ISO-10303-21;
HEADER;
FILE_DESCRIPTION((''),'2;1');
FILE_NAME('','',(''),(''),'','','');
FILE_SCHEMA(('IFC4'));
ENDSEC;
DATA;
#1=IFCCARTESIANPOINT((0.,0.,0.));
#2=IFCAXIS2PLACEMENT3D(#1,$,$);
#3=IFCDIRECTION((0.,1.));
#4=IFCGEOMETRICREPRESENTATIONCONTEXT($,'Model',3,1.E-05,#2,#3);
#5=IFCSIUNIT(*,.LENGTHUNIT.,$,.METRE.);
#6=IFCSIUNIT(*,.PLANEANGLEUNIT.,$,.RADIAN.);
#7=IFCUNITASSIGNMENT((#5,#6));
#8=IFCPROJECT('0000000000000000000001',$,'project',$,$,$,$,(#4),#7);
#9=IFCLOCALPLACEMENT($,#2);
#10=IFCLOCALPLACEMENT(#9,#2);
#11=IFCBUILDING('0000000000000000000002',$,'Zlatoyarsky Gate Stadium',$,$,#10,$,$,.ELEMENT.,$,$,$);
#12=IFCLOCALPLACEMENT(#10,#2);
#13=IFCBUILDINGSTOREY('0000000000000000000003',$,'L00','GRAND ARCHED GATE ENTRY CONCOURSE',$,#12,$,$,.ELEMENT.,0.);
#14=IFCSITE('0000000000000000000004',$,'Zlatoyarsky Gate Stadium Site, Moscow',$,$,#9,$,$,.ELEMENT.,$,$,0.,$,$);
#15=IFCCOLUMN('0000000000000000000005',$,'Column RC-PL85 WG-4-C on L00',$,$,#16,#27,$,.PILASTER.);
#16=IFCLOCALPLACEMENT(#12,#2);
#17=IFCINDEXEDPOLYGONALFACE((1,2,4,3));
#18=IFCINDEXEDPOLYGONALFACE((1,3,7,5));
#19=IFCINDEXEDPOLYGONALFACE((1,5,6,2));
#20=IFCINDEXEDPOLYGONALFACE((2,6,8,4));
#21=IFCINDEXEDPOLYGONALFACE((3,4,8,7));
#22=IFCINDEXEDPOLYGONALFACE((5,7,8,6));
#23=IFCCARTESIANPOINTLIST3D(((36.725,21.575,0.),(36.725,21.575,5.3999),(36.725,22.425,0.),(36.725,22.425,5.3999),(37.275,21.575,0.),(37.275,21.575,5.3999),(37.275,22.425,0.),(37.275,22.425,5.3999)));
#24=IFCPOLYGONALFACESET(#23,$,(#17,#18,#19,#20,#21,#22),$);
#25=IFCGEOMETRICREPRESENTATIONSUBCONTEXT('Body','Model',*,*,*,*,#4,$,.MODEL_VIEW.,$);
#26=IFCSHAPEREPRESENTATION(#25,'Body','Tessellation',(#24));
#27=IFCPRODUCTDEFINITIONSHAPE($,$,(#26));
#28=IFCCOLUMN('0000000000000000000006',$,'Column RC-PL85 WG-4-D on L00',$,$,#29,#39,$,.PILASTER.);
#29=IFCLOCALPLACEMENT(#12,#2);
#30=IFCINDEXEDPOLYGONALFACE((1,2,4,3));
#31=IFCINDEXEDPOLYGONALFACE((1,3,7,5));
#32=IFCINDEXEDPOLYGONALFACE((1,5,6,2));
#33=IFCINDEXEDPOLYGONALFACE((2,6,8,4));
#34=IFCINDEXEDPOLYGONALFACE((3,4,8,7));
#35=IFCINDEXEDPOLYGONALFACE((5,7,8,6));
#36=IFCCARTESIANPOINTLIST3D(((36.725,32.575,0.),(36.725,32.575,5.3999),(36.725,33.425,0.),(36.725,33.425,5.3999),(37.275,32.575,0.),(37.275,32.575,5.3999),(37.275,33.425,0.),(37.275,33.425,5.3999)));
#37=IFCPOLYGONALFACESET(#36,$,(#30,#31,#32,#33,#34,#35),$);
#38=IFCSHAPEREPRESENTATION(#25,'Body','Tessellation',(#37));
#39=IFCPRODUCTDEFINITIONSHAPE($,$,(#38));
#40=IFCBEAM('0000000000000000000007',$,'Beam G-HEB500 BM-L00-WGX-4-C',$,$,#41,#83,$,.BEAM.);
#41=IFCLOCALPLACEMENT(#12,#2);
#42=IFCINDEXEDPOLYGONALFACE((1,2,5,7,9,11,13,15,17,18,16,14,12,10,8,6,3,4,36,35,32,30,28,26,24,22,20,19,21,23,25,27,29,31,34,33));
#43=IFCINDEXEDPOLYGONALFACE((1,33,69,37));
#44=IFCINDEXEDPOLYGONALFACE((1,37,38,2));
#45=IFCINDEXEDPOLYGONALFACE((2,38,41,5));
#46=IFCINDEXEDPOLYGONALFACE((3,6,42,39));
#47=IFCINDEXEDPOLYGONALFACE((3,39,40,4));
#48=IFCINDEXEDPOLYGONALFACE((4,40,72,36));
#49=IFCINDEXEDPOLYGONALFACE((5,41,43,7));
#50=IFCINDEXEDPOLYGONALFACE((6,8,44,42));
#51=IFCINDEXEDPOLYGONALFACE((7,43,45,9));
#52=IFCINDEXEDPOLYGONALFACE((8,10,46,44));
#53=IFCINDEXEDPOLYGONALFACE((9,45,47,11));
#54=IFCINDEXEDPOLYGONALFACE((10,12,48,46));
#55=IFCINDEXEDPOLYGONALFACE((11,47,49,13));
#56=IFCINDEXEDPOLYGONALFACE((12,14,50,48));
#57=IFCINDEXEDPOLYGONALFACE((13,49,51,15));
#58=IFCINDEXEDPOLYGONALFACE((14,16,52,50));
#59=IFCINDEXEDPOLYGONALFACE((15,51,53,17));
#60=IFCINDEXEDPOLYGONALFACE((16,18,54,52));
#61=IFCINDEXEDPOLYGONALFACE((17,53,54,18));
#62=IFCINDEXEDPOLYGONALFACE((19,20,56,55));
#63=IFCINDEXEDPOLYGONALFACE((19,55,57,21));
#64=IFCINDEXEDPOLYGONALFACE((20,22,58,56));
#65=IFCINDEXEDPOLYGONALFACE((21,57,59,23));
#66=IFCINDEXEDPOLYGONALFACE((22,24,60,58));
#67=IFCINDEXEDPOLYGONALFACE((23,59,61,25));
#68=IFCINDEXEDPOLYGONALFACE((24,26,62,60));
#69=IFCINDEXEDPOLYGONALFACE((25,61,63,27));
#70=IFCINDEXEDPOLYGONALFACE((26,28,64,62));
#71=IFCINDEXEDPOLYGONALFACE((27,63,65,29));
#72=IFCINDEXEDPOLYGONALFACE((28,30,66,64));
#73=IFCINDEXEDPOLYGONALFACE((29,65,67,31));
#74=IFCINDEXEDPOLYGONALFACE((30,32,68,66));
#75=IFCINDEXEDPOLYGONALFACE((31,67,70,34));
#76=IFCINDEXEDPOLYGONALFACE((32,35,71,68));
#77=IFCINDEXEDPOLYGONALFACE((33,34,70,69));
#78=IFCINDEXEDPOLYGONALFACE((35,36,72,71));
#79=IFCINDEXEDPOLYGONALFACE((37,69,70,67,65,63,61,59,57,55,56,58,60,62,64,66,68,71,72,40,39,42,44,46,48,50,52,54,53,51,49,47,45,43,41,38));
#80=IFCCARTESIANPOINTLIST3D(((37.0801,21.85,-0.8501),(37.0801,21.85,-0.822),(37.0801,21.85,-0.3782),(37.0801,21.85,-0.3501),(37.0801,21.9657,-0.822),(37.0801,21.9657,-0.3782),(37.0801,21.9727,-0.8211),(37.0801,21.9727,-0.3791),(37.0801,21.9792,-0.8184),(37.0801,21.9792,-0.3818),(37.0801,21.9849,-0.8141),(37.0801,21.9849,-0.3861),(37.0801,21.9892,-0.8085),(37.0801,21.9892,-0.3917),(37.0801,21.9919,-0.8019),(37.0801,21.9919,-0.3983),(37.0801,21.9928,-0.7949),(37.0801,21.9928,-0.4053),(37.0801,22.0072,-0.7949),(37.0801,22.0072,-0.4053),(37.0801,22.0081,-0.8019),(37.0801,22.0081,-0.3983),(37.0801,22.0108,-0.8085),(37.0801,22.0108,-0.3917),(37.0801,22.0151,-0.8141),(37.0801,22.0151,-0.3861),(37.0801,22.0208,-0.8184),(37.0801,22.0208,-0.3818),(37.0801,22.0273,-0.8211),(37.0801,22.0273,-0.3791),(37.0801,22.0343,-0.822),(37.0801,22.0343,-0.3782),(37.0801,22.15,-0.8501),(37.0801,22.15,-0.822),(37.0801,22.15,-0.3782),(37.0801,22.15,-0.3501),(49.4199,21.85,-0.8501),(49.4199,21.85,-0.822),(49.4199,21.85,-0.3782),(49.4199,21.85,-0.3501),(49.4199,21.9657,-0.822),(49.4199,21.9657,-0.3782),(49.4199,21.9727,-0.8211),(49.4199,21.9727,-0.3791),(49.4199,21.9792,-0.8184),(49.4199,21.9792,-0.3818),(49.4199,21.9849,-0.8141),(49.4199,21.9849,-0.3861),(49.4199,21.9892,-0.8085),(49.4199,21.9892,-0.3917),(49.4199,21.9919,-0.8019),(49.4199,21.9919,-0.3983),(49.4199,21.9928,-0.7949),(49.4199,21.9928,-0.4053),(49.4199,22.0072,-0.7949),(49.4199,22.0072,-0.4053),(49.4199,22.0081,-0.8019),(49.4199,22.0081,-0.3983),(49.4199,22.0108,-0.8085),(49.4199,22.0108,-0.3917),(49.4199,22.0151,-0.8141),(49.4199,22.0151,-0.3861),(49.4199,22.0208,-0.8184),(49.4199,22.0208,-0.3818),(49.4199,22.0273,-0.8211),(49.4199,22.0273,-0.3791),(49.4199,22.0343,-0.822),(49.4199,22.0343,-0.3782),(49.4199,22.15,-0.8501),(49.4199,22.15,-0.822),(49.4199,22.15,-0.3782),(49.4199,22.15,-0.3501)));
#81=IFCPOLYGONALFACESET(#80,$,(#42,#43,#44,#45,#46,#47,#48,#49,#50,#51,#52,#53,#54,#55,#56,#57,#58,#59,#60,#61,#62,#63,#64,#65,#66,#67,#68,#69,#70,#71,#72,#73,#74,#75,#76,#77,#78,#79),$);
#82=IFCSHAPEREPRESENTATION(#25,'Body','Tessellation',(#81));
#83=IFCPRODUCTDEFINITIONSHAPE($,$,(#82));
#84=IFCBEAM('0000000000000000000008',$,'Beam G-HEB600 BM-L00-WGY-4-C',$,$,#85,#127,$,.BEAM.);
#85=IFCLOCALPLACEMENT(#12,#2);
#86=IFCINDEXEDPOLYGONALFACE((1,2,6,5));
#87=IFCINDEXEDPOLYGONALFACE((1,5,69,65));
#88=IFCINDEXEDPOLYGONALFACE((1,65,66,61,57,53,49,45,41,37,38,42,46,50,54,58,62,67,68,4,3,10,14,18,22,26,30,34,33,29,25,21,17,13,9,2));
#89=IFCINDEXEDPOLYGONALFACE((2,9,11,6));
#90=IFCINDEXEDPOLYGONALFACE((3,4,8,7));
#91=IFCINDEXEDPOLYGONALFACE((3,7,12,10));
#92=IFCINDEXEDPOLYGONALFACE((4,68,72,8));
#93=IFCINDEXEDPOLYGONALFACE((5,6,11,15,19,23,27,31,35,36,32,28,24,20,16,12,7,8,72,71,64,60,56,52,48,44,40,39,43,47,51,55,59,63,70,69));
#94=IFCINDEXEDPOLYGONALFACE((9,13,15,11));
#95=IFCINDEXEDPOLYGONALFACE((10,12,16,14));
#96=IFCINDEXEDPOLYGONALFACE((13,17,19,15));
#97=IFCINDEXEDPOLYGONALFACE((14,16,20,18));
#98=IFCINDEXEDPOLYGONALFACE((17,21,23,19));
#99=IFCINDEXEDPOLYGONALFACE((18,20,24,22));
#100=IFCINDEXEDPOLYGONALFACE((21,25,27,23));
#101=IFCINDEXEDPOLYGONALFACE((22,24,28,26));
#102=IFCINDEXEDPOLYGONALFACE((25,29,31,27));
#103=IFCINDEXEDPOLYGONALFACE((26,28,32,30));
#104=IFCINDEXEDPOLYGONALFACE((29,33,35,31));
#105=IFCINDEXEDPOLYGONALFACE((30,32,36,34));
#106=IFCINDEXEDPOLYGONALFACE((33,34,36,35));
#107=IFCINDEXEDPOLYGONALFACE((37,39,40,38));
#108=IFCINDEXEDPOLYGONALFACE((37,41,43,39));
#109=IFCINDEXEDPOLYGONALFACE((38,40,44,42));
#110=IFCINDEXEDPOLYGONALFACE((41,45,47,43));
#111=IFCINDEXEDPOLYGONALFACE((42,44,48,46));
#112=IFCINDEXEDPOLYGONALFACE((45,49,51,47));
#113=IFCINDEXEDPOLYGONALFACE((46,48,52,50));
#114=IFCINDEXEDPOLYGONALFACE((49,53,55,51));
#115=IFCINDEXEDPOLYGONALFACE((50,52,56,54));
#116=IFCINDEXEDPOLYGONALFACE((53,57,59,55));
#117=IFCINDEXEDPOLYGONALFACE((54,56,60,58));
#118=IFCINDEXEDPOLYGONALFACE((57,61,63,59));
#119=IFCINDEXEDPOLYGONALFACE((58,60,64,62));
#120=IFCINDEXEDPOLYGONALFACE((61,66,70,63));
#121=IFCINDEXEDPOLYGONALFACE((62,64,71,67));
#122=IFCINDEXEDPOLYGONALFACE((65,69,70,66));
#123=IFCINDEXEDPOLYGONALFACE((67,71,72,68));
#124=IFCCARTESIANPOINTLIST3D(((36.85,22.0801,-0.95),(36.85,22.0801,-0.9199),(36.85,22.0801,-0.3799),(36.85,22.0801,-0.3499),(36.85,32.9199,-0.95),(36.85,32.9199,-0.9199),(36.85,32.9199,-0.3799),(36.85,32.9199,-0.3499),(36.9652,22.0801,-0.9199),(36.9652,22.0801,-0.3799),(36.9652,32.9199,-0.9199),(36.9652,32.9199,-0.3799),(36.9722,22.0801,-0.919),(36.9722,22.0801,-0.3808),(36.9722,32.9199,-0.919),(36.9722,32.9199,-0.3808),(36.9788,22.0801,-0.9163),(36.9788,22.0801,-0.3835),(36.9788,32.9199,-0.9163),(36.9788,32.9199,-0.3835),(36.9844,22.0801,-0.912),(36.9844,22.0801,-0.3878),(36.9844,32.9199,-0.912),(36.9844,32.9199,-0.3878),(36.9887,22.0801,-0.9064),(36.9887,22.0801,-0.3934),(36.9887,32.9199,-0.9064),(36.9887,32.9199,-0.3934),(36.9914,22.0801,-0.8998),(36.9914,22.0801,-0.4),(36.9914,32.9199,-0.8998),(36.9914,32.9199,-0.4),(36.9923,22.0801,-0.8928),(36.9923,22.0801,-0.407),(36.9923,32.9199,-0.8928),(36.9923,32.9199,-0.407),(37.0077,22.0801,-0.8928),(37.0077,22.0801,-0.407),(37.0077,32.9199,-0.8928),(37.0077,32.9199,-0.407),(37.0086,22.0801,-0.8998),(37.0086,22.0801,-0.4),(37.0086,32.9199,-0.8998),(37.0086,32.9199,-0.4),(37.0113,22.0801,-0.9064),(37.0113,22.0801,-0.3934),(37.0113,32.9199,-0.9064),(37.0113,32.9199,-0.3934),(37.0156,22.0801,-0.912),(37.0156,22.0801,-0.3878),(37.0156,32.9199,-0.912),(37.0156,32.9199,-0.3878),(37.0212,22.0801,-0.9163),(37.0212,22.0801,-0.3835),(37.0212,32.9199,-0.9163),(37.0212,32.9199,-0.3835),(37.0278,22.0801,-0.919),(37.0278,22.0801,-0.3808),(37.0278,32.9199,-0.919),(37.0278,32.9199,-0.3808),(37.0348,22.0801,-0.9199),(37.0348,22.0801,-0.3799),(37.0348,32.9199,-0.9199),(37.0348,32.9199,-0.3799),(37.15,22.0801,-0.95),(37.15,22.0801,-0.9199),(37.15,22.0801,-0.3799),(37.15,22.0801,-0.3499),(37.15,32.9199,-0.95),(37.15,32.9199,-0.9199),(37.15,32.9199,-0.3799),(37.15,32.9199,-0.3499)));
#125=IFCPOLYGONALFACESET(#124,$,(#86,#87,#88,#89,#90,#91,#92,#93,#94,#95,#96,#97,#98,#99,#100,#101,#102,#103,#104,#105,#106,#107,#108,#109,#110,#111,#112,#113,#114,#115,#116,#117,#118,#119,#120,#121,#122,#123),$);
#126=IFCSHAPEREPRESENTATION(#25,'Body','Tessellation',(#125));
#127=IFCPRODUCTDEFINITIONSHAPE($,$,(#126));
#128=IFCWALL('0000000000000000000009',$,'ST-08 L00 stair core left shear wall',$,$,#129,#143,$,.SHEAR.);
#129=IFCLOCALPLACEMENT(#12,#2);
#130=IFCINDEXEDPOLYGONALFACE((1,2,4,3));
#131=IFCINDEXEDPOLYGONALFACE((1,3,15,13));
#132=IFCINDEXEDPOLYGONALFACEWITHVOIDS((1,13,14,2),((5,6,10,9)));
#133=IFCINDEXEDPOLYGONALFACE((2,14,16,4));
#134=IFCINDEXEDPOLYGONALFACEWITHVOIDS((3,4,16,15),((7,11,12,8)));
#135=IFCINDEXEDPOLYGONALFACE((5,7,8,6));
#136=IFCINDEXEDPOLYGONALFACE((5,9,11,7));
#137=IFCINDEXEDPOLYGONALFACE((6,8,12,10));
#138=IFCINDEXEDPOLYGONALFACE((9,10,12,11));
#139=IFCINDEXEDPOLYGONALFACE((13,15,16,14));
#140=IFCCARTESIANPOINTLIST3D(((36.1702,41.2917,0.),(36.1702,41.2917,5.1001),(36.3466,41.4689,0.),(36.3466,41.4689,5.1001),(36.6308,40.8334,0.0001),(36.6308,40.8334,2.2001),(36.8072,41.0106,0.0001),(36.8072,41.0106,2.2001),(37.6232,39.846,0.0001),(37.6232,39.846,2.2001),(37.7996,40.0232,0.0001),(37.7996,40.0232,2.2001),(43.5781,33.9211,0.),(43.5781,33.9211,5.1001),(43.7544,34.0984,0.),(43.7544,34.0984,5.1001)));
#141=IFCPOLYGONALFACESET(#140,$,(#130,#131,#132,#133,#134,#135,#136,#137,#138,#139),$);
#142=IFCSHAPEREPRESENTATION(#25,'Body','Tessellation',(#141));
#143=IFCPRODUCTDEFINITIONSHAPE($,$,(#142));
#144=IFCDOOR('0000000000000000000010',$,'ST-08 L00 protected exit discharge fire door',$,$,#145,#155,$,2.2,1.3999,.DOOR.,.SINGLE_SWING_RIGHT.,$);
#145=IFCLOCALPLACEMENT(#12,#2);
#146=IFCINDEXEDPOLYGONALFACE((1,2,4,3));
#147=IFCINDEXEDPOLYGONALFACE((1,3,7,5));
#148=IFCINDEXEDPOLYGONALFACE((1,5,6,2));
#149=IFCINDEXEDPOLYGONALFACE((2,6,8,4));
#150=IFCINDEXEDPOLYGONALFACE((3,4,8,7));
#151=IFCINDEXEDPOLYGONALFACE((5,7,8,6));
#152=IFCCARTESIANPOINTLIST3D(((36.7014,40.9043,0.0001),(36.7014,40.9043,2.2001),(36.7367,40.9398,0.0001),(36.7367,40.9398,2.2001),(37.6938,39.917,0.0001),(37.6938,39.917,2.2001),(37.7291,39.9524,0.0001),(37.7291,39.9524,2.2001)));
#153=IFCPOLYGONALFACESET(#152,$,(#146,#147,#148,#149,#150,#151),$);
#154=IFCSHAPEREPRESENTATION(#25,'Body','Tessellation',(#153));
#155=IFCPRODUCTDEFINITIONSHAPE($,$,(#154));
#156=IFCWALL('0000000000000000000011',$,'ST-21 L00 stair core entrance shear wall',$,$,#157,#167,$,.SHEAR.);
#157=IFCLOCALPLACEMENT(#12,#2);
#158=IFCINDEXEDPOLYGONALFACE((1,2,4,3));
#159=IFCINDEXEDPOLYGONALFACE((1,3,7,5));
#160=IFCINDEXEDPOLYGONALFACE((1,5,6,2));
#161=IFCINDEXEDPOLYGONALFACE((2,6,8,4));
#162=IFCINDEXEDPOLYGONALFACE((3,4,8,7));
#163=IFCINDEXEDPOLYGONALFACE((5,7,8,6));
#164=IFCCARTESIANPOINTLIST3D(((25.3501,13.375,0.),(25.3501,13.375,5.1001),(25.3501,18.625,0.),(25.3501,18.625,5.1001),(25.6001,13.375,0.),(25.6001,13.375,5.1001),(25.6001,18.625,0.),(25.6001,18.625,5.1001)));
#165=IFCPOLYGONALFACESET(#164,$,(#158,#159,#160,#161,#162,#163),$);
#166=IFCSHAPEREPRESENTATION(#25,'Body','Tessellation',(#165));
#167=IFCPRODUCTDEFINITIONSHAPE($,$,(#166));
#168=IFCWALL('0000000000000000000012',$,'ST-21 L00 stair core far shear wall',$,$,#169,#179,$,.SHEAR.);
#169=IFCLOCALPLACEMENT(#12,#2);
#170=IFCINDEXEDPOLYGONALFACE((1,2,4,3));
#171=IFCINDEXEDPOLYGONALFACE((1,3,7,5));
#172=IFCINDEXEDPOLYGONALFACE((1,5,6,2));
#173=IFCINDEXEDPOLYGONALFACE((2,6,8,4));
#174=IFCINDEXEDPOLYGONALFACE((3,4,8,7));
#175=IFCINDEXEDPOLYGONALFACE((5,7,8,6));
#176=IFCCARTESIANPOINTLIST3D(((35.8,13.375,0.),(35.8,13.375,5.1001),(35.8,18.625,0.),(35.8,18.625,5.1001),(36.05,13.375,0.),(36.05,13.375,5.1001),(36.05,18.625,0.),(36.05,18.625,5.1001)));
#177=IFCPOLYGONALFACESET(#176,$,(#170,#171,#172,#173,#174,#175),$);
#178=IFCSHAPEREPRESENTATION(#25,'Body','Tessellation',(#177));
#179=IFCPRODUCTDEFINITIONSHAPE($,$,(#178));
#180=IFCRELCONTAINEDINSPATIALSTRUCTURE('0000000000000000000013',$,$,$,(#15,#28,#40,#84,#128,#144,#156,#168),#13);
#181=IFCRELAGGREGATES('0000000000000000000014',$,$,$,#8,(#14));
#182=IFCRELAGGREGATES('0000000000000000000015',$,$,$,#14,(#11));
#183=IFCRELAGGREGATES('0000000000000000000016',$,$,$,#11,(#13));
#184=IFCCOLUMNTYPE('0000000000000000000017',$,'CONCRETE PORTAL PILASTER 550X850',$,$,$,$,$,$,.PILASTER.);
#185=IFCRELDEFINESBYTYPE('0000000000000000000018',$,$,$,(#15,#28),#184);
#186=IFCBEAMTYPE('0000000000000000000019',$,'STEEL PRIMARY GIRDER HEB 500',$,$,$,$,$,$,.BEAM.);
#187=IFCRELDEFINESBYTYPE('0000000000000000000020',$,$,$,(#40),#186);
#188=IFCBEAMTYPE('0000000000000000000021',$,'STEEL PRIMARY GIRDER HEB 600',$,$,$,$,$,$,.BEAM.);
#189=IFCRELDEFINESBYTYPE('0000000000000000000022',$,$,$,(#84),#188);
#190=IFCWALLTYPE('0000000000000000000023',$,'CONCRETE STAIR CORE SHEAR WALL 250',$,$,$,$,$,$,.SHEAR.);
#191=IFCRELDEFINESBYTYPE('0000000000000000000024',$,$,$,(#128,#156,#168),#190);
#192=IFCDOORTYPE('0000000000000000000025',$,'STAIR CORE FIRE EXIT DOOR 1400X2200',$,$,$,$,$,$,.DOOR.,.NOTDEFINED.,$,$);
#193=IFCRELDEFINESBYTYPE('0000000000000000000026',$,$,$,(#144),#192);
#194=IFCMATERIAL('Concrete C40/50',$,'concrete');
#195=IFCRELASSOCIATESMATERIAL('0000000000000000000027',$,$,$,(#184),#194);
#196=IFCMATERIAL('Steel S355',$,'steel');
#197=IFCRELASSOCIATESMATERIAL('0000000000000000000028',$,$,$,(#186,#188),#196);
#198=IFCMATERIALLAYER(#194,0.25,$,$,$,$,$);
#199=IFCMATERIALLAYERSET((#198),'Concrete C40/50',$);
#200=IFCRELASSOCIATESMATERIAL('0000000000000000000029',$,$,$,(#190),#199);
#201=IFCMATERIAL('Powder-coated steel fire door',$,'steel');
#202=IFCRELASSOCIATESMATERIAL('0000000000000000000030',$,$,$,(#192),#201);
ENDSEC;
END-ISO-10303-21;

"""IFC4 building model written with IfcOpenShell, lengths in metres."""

from ifc_helpers import new_model, si_unit, direction, frame, frame_2d, origin, origin_2d, place, context, subcontext, project, spatial, rectangle, i_section, extrude, material, layer, layer_set, material_profile, profile_set, type_object, element, fill, save


model = new_model("IFC4")

# Units and contexts
model_context = context("Model", 3, precision=1e-05, world=origin(), true_north=direction((0.0, 1.0)))
body_context = subcontext(model_context, "Body", "Model", "MODEL_VIEW")
ifc_project = project(units=[si_unit("LENGTHUNIT", "METRE"), si_unit("PLANEANGLEUNIT", "RADIAN")], contexts=[model_context])

# Site, building, storey
site_placement = place(None, origin())
site = spatial("IfcSite", under=ifc_project, at=site_placement, Name="Zlatoyarsky Gate Stadium Site, Moscow", CompositionType="ELEMENT", RefElevation=0.0)
building_placement = place(site_placement, origin())
building = spatial("IfcBuilding", under=site, at=building_placement, Name="Zlatoyarsky Gate Stadium", CompositionType="ELEMENT")
storey_placement = place(building_placement, origin())
storey = spatial("IfcBuildingStorey", under=building, at=storey_placement, Name="L00", Description="GRAND ARCHED GATE ENTRY CONCOURSE", CompositionType="ELEMENT", Elevation=0.0)

# Columns
ifc_material_1 = material(Name="Concrete C40/50", Category="concrete")
ifc_material_profile_1 = material_profile(ifc_material_1, rectangle(XDim=0.55, YDim=0.8501, at=origin_2d()), Name="RC PILASTER 550X850")
ifc_profile_set_1 = profile_set([ifc_material_profile_1], Name="Concrete C40/50")
column_type = type_object("IfcColumnType", Name="CONCRETE PORTAL PILASTER 550X850", PredefinedType="PILASTER", material=ifc_profile_set_1)
for number, where, z_axis, x_axis, name in (
    (1, (37.0, 22.0, 0.0), (0.0, 0.0, 1.0), (1.0, 0.0, 0.0), "Column RC-PL85 WG-4-C on L00"),
    (2, (37.0, 33.0, 0.0), (0.0, 0.0, 1.0), (1.0, 0.0, 0.0), "Column RC-PL85 WG-4-D on L00"),
):
    element("IfcColumn", number, at=place(storey_placement, frame(where, z_axis=z_axis, x_axis=x_axis)), inside=storey, type_object=column_type, Name=name, PredefinedType="PILASTER", context=body_context, shape_type="SweptSolid", body=[
        extrude(rectangle(XDim=0.55, YDim=0.8501, at=origin_2d()), origin(), (0.0, 0.0, 1.0), 5.3999),
    ])

# Beams
ifc_material_2 = material(Name="Steel S355", Category="steel")
ifc_material_profile_2 = material_profile(ifc_material_2, i_section(OverallWidth=0.3, OverallDepth=0.5, WebThickness=0.0144, FlangeThickness=0.0281, FilletRadius=0.0271, at=origin_2d()), Name="HEB 500")
ifc_profile_set_2 = profile_set([ifc_material_profile_2], Name="Steel S355")
beam_type_1 = type_object("IfcBeamType", Name="STEEL PRIMARY GIRDER HEB 500", PredefinedType="BEAM", material=ifc_profile_set_2)
beam_1_placement = place(storey_placement, frame((37.0801, 22.0, -0.6001), z_axis=(1.0, 0.0, 0.0), x_axis=(0.0, 1.0, 0.0)))
element("IfcBeam", 3, at=beam_1_placement, inside=storey, type_object=beam_type_1, Name="Beam G-HEB500 BM-L00-WGX-4-C", PredefinedType="BEAM", context=body_context, shape_type="SweptSolid", body=[
    extrude(i_section(OverallWidth=0.3, OverallDepth=0.5, WebThickness=0.0144, FlangeThickness=0.0281, FilletRadius=0.0271, at=origin_2d()), origin(), (0.0, 0.0, 1.0), 12.3398),
])
ifc_material_profile_3 = material_profile(ifc_material_2, i_section(OverallWidth=0.3, OverallDepth=0.6001, WebThickness=0.0154, FlangeThickness=0.03, FilletRadius=0.0271, at=origin_2d()), Name="HEB 600")
ifc_profile_set_3 = profile_set([ifc_material_profile_3], Name="Steel S355")
beam_type_2 = type_object("IfcBeamType", Name="STEEL PRIMARY GIRDER HEB 600", PredefinedType="BEAM", material=ifc_profile_set_3)
beam_2_placement = place(storey_placement, frame((37.0, 22.0801, -0.6499), z_axis=(0.0, 1.0, 0.0), x_axis=(-1.0, 0.0, 0.0)))
element("IfcBeam", 4, at=beam_2_placement, inside=storey, type_object=beam_type_2, Name="Beam G-HEB600 BM-L00-WGY-4-C", PredefinedType="BEAM", context=body_context, shape_type="SweptSolid", body=[
    extrude(i_section(OverallWidth=0.3, OverallDepth=0.6001, WebThickness=0.0154, FlangeThickness=0.03, FilletRadius=0.0271, at=origin_2d()), origin(), (0.0, 0.0, 1.0), 10.8398),
])

# Wall, opening, door
ifc_layer_1 = layer(ifc_material_1, 0.25)
ifc_layer_set_1 = layer_set([ifc_layer_1], Name="Concrete C40/50")
wall_type_1 = type_object("IfcWallType", Name="CONCRETE STAIR CORE SHEAR WALL 250", PredefinedType="SHEAR", material=ifc_layer_set_1)
wall_1_placement = place(storey_placement, frame((36.2583, 41.3804, 0.0), z_axis=(0.0, 0.0, 1.0), x_axis=(0.708892, -0.705317, 0.0)))
wall_1 = element("IfcWall", 5, at=wall_1_placement, inside=storey, type_object=wall_type_1, Name="ST-08 L00 stair core left shear wall", PredefinedType="SHEAR", context=body_context, shape_type="SweptSolid", body=[
    extrude(rectangle(XDim=10.45, YDim=0.25, at=frame_2d((5.2251, 0.0))), origin(), (0.0, 0.0, 1.0), 5.1001),
])
opening_1_placement = place(wall_1_placement, frame((0.6499, 0.0, 0.0)))
opening_1 = element("IfcOpeningElement", 6, at=opening_1_placement, cuts=wall_1, PredefinedType="OPENING", context=body_context, shape_type="SweptSolid", body=[
    extrude(rectangle(XDim=1.3999, YDim=2.2, at=frame_2d((0.7, 1.1001))), frame((0.0, 0.135, 0.0), z_axis=(0.0, -1.0, 0.0), x_axis=(1.0, 0.0, 0.0)), (0.0, 0.0, 1.0), 0.27),
])
ifc_material_3 = material(Name="Powder-coated steel fire door", Category="steel")
door_type = type_object("IfcDoorType", Name="STAIR CORE FIRE EXIT DOOR 1400X2200", OperationType="NOTDEFINED", PredefinedType="DOOR", material=ifc_material_3)
door_1_placement = place(opening_1_placement, frame((1.3999, 0.0, 0.0), z_axis=(0.0, 0.0, 1.0), x_axis=(-1.0, 0.0, 0.0)))
door_1 = element("IfcDoor", 7, at=door_1_placement, inside=storey, type_object=door_type, Name="ST-08 L00 protected exit discharge fire door", OperationType="SINGLE_SWING_RIGHT", OverallHeight=2.2, OverallWidth=1.3999, PredefinedType="DOOR", context=body_context, shape_type="SweptSolid", body=[
    extrude(rectangle(XDim=1.3999, YDim=2.2, at=frame_2d((0.7, 1.1001))), frame((0.0, 0.0249, 0.0), z_axis=(0.0, -1.0, 0.0), x_axis=(1.0, 0.0, 0.0)), (0.0, 0.0, 1.0), 0.05),
])
fill(opening_1, door_1)

# Walls
for number, where, z_axis, x_axis, name in (
    (8, (25.4751, 18.625, 0.0), (0.0, 0.0, 1.0), (0.0, -1.0, 0.0), "ST-21 L00 stair core entrance shear wall"),
    (9, (35.925, 13.375, 0.0), (0.0, 0.0, 1.0), (0.0, 1.0, 0.0), "ST-21 L00 stair core far shear wall"),
):
    element("IfcWall", number, at=place(storey_placement, frame(where, z_axis=z_axis, x_axis=x_axis)), inside=storey, type_object=wall_type_1, Name=name, PredefinedType="SHEAR", context=body_context, shape_type="SweptSolid", body=[
        extrude(rectangle(XDim=5.25, YDim=0.25, at=frame_2d((2.625, 0.0))), origin(), (0.0, 0.0, 1.0), 5.1001),
    ])

save(model, "model.ifc")
